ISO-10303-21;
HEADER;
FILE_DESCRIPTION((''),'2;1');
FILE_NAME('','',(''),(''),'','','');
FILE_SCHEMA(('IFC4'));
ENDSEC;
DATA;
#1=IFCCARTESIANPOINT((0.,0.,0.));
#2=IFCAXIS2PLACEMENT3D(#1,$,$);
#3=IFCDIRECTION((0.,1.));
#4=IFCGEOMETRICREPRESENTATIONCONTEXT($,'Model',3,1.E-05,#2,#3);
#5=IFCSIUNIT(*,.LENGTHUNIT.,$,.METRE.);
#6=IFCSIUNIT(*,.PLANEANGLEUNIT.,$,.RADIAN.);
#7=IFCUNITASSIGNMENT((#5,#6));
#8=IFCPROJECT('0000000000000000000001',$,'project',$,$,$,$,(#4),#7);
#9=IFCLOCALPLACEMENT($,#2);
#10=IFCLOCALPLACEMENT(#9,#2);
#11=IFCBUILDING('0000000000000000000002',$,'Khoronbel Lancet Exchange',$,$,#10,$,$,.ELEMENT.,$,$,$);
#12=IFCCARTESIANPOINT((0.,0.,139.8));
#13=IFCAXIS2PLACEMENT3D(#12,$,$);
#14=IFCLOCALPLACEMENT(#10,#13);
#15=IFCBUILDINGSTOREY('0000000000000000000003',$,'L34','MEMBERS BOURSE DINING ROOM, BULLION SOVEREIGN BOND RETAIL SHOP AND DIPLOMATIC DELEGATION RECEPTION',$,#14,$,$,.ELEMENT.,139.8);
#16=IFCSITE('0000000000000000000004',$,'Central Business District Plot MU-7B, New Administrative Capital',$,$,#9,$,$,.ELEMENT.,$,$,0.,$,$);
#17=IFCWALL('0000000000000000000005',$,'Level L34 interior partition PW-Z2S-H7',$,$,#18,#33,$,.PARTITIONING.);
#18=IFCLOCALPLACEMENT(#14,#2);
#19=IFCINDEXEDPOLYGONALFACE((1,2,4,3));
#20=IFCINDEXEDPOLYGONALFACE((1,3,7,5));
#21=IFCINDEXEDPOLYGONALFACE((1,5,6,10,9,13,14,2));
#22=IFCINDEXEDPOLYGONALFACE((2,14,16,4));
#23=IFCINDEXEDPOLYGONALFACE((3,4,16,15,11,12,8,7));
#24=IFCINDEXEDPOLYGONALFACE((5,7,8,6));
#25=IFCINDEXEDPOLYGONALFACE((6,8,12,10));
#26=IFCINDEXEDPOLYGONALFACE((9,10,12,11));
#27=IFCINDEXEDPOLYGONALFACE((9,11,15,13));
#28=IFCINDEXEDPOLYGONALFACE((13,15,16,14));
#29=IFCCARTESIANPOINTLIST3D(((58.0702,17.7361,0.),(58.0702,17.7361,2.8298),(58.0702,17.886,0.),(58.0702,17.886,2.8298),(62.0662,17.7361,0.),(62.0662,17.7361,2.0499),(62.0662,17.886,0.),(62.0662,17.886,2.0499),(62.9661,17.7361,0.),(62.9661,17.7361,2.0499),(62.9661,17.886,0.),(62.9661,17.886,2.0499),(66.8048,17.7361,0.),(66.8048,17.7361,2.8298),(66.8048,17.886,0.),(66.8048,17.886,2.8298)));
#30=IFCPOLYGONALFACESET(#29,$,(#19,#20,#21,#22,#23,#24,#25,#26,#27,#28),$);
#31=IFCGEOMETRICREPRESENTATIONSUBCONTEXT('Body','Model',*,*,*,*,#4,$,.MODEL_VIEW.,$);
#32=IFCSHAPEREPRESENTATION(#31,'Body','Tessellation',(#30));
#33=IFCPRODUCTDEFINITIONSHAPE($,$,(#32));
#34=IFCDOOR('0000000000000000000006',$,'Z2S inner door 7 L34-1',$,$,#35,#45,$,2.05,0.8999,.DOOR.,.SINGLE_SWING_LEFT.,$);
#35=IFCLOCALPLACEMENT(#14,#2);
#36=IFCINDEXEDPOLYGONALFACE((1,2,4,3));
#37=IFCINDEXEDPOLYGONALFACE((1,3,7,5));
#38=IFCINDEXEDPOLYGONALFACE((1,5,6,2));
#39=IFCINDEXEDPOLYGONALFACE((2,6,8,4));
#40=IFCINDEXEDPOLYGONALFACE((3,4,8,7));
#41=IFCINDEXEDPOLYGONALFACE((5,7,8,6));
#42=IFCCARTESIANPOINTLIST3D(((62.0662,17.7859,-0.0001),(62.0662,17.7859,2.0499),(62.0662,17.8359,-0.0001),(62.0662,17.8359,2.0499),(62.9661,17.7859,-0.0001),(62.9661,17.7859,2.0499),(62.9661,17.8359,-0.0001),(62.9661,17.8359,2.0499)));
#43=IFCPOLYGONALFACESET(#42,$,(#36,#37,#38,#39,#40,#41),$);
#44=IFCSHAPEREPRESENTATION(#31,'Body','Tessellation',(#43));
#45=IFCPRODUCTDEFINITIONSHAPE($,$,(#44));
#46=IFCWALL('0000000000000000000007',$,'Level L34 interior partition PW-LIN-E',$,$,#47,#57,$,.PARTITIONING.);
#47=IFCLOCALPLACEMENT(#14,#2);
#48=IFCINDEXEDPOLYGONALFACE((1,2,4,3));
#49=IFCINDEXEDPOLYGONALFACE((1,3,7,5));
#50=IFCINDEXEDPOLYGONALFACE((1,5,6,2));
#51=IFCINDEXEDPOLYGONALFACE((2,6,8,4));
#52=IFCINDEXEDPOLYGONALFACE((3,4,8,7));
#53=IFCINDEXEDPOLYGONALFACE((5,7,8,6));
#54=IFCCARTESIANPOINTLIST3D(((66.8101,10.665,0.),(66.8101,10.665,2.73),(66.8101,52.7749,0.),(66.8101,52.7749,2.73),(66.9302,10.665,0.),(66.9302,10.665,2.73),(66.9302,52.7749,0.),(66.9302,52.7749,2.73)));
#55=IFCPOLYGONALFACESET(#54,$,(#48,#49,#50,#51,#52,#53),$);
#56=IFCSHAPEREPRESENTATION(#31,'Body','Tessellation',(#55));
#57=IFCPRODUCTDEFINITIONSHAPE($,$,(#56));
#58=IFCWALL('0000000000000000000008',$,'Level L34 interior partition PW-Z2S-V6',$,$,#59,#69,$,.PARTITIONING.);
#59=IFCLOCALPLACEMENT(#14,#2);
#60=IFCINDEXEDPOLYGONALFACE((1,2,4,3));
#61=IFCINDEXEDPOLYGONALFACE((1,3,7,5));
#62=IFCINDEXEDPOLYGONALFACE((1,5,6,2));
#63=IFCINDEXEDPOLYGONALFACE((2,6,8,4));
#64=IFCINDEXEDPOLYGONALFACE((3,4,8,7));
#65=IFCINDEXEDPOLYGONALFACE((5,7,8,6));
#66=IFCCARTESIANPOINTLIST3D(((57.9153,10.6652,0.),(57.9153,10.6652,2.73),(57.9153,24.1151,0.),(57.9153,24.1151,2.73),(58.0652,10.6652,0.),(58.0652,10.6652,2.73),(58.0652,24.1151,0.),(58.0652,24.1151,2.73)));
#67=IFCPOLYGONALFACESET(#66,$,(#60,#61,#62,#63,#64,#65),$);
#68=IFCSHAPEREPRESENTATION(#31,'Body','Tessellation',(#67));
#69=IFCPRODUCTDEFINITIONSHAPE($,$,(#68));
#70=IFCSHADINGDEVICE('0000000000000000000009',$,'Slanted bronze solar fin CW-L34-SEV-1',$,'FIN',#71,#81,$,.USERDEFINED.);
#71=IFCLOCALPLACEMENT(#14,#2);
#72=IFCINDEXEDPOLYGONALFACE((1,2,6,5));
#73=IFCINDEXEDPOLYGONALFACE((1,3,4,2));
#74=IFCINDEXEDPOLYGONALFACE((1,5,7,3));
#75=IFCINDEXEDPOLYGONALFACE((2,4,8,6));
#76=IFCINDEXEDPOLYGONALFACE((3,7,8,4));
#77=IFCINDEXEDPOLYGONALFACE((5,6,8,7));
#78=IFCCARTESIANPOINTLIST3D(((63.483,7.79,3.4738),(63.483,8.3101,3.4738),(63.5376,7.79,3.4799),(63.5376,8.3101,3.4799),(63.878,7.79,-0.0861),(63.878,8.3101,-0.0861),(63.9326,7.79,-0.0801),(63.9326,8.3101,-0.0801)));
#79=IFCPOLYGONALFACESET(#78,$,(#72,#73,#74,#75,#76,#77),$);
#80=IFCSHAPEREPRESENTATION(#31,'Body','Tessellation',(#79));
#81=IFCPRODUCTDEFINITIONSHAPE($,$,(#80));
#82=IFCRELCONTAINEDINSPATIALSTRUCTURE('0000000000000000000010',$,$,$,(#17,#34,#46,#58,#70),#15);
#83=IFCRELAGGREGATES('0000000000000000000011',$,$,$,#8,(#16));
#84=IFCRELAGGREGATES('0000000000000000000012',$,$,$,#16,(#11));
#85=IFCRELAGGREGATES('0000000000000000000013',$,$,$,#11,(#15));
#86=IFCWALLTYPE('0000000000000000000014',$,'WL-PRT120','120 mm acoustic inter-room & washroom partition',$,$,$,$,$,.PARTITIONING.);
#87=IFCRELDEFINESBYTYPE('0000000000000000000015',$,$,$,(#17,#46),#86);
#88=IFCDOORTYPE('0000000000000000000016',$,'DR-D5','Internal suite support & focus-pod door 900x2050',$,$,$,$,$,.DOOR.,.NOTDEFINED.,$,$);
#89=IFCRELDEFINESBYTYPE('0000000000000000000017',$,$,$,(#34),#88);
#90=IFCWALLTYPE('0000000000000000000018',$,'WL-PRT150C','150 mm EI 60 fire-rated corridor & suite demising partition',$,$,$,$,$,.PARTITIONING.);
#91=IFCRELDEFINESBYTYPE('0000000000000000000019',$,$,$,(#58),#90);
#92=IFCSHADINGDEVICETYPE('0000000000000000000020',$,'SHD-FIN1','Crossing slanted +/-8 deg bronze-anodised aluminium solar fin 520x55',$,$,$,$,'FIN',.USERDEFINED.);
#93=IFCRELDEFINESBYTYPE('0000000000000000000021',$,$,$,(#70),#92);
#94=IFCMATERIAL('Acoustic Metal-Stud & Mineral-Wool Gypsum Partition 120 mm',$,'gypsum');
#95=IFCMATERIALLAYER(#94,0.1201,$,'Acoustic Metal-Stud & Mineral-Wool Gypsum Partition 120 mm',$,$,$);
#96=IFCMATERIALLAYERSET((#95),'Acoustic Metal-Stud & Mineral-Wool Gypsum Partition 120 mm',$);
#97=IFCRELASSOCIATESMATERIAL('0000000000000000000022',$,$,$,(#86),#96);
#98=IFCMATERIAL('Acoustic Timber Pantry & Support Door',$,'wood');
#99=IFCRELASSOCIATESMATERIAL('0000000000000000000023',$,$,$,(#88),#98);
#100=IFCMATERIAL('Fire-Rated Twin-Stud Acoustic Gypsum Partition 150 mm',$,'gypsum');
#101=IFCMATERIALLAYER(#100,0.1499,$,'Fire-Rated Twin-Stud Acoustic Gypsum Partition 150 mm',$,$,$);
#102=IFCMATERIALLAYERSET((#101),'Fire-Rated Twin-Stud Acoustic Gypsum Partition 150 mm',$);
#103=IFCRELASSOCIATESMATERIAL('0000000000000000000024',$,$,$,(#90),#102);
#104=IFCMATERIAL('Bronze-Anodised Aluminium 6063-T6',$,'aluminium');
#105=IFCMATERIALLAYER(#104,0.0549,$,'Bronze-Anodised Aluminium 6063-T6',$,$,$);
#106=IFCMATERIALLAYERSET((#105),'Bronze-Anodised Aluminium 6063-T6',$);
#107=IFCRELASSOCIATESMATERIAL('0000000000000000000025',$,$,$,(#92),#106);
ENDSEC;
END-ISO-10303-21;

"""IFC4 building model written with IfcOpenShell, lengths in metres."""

from ifc_helpers import new_model, si_unit, direction, frame, frame_2d, origin, place, context, subcontext, project, spatial, polyline, rectangle, outline, extrude, material, layer, layer_set, type_object, element, fill, save


model = new_model("IFC4")

# Units and contexts
model_context = context("Model", 3, precision=1e-05, world=origin(), true_north=direction((0.0, 1.0)))
body_context = subcontext(model_context, "Body", "Model", "MODEL_VIEW")
ifc_project = project(units=[si_unit("LENGTHUNIT", "METRE"), si_unit("PLANEANGLEUNIT", "RADIAN")], contexts=[model_context])

# Site, building, storey
site_placement = place(None, origin())
site = spatial("IfcSite", under=ifc_project, at=site_placement, Name="Central Business District Plot MU-7B, New Administrative Capital", CompositionType="ELEMENT", RefElevation=0.0)
building_placement = place(site_placement, origin())
building = spatial("IfcBuilding", under=site, at=building_placement, Name="Khoronbel Lancet Exchange", CompositionType="ELEMENT")
storey_placement = place(building_placement, frame((0.0, 0.0, 139.8)))
storey = spatial("IfcBuildingStorey", under=building, at=storey_placement, Name="L34", Description="MEMBERS BOURSE DINING ROOM, BULLION SOVEREIGN BOND RETAIL SHOP AND DIPLOMATIC DELEGATION RECEPTION", CompositionType="ELEMENT", Elevation=139.8)

# Shared definitions
ifc_material_1 = material(Name="Bronze-Anodised Aluminium 6063-T6", Category="aluminium")

# Wall, opening, door
ifc_material_2 = material(Name="Acoustic Metal-Stud & Mineral-Wool Gypsum Partition 120 mm", Category="gypsum")
ifc_layer_1 = layer(ifc_material_2, 0.1201, Name="Acoustic Metal-Stud & Mineral-Wool Gypsum Partition 120 mm")
ifc_layer_set_1 = layer_set([ifc_layer_1], Name="Acoustic Metal-Stud & Mineral-Wool Gypsum Partition 120 mm")
wall_type_1 = type_object("IfcWallType", Name="WL-PRT120", Description="120 mm acoustic inter-room & washroom partition", PredefinedType="PARTITIONING", material=ifc_layer_set_1)
wall_1_placement = place(storey_placement, frame((58.0703, 17.811, 0.0), z_axis=(0.0, 0.0, 1.0), x_axis=(1.0, 0.0, 0.0)))
wall_1 = element("IfcWall", 1, at=wall_1_placement, inside=storey, type_object=wall_type_1, Name="Level L34 interior partition PW-Z2S-H7", PredefinedType="PARTITIONING", context=body_context, shape_type="SweptSolid", body=[
    extrude(rectangle(XDim=8.7346, YDim=0.1499, at=frame_2d((4.3672, 0.0))), origin(), (0.0, 0.0, 1.0), 2.8298),
])
opening_placement = place(wall_1_placement, frame((3.9958, 0.0, 0.0)))
opening = element("IfcOpeningElement", 2, at=opening_placement, cuts=wall_1, PredefinedType="OPENING", context=body_context, shape_type="SweptSolid", body=[
    extrude(rectangle(XDim=0.8999, YDim=2.05, at=frame_2d((0.45, 1.0249))), frame((0.0, 0.085, 0.0), z_axis=(0.0, -1.0, 0.0), x_axis=(1.0, 0.0, 0.0)), (0.0, 0.0, 1.0), 0.1699),
])
ifc_material_3 = material(Name="Acoustic Timber Pantry & Support Door", Category="wood")
door_type = type_object("IfcDoorType", Name="DR-D5", Description="Internal suite support & focus-pod door 900x2050", OperationType="NOTDEFINED", PredefinedType="DOOR", material=ifc_material_3)
door_placement = place(opening_placement, origin())
door = element("IfcDoor", 3, at=door_placement, inside=storey, type_object=door_type, Name="Z2S inner door 7 L34-1", OperationType="SINGLE_SWING_LEFT", OverallHeight=2.05, OverallWidth=0.8999, PredefinedType="DOOR", context=body_context, shape_type="SweptSolid", body=[
    extrude(rectangle(XDim=0.8999, YDim=2.05, at=frame_2d((0.45, 1.0249))), frame((0.0, 0.0249, 0.0), z_axis=(0.0, -1.0, 0.0), x_axis=(1.0, 0.0, 0.0)), (0.0, 0.0, 1.0), 0.05),
])
fill(opening, door)

# Walls
wall_2_placement = place(storey_placement, frame((66.8701, 10.665, 0.0), z_axis=(0.0, 0.0, 1.0), x_axis=(0.0, 1.0, 0.0)))
element("IfcWall", 4, at=wall_2_placement, inside=storey, type_object=wall_type_1, Name="Level L34 interior partition PW-LIN-E", PredefinedType="PARTITIONING", context=body_context, shape_type="SweptSolid", body=[
    extrude(rectangle(XDim=42.1099, YDim=0.1201, at=frame_2d((21.0549, 0.0))), origin(), (0.0, 0.0, 1.0), 2.73),
])
ifc_material_4 = material(Name="Fire-Rated Twin-Stud Acoustic Gypsum Partition 150 mm", Category="gypsum")
ifc_layer_2 = layer(ifc_material_4, 0.1499, Name="Fire-Rated Twin-Stud Acoustic Gypsum Partition 150 mm")
ifc_layer_set_2 = layer_set([ifc_layer_2], Name="Fire-Rated Twin-Stud Acoustic Gypsum Partition 150 mm")
wall_type_2 = type_object("IfcWallType", Name="WL-PRT150C", Description="150 mm EI 60 fire-rated corridor & suite demising partition", PredefinedType="PARTITIONING", material=ifc_layer_set_2)
wall_3_placement = place(storey_placement, frame((57.9902, 10.665, 0.0), z_axis=(0.0, 0.0, 1.0), x_axis=(0.0, 1.0, 0.0)))
element("IfcWall", 5, at=wall_3_placement, inside=storey, type_object=wall_type_2, Name="Level L34 interior partition PW-Z2S-V6", PredefinedType="PARTITIONING", context=body_context, shape_type="SweptSolid", body=[
    extrude(rectangle(XDim=13.45, YDim=0.1499, at=frame_2d((6.7251, 0.0))), origin(), (0.0, 0.0, 1.0), 2.73),
])

# Shading device
ifc_layer_3 = layer(ifc_material_1, 0.0549, Name="Bronze-Anodised Aluminium 6063-T6")
ifc_layer_set_3 = layer_set([ifc_layer_3], Name="Bronze-Anodised Aluminium 6063-T6")
shading_device_type = type_object("IfcShadingDeviceType", Name="SHD-FIN1", Description="Crossing slanted +/-8 deg bronze-anodised aluminium solar fin 520x55", ElementType="FIN", PredefinedType="USERDEFINED", material=ifc_layer_set_3)
shading_device_placement = place(storey_placement, frame((63.9326, 8.3101, -0.0801), z_axis=(0.9939, 0.0, 0.110282), x_axis=(0.0, -1.0, 0.0)))
element("IfcShadingDevice", 6, at=shading_device_placement, inside=storey, type_object=shading_device_type, Name="Slanted bronze solar fin CW-L34-SEV-1", ObjectType="FIN", PredefinedType="USERDEFINED", context=body_context, shape_type="SweptSolid", body=[
    extrude(outline(polyline([(0.0, 0.0), (0.52, 0.0), (0.52, -3.5818), (0.0, -3.5818), (0.0, 0.0)])), origin(), (0.0, 0.0, -1.0), 0.0549),
])

save(model, "model.ifc")
